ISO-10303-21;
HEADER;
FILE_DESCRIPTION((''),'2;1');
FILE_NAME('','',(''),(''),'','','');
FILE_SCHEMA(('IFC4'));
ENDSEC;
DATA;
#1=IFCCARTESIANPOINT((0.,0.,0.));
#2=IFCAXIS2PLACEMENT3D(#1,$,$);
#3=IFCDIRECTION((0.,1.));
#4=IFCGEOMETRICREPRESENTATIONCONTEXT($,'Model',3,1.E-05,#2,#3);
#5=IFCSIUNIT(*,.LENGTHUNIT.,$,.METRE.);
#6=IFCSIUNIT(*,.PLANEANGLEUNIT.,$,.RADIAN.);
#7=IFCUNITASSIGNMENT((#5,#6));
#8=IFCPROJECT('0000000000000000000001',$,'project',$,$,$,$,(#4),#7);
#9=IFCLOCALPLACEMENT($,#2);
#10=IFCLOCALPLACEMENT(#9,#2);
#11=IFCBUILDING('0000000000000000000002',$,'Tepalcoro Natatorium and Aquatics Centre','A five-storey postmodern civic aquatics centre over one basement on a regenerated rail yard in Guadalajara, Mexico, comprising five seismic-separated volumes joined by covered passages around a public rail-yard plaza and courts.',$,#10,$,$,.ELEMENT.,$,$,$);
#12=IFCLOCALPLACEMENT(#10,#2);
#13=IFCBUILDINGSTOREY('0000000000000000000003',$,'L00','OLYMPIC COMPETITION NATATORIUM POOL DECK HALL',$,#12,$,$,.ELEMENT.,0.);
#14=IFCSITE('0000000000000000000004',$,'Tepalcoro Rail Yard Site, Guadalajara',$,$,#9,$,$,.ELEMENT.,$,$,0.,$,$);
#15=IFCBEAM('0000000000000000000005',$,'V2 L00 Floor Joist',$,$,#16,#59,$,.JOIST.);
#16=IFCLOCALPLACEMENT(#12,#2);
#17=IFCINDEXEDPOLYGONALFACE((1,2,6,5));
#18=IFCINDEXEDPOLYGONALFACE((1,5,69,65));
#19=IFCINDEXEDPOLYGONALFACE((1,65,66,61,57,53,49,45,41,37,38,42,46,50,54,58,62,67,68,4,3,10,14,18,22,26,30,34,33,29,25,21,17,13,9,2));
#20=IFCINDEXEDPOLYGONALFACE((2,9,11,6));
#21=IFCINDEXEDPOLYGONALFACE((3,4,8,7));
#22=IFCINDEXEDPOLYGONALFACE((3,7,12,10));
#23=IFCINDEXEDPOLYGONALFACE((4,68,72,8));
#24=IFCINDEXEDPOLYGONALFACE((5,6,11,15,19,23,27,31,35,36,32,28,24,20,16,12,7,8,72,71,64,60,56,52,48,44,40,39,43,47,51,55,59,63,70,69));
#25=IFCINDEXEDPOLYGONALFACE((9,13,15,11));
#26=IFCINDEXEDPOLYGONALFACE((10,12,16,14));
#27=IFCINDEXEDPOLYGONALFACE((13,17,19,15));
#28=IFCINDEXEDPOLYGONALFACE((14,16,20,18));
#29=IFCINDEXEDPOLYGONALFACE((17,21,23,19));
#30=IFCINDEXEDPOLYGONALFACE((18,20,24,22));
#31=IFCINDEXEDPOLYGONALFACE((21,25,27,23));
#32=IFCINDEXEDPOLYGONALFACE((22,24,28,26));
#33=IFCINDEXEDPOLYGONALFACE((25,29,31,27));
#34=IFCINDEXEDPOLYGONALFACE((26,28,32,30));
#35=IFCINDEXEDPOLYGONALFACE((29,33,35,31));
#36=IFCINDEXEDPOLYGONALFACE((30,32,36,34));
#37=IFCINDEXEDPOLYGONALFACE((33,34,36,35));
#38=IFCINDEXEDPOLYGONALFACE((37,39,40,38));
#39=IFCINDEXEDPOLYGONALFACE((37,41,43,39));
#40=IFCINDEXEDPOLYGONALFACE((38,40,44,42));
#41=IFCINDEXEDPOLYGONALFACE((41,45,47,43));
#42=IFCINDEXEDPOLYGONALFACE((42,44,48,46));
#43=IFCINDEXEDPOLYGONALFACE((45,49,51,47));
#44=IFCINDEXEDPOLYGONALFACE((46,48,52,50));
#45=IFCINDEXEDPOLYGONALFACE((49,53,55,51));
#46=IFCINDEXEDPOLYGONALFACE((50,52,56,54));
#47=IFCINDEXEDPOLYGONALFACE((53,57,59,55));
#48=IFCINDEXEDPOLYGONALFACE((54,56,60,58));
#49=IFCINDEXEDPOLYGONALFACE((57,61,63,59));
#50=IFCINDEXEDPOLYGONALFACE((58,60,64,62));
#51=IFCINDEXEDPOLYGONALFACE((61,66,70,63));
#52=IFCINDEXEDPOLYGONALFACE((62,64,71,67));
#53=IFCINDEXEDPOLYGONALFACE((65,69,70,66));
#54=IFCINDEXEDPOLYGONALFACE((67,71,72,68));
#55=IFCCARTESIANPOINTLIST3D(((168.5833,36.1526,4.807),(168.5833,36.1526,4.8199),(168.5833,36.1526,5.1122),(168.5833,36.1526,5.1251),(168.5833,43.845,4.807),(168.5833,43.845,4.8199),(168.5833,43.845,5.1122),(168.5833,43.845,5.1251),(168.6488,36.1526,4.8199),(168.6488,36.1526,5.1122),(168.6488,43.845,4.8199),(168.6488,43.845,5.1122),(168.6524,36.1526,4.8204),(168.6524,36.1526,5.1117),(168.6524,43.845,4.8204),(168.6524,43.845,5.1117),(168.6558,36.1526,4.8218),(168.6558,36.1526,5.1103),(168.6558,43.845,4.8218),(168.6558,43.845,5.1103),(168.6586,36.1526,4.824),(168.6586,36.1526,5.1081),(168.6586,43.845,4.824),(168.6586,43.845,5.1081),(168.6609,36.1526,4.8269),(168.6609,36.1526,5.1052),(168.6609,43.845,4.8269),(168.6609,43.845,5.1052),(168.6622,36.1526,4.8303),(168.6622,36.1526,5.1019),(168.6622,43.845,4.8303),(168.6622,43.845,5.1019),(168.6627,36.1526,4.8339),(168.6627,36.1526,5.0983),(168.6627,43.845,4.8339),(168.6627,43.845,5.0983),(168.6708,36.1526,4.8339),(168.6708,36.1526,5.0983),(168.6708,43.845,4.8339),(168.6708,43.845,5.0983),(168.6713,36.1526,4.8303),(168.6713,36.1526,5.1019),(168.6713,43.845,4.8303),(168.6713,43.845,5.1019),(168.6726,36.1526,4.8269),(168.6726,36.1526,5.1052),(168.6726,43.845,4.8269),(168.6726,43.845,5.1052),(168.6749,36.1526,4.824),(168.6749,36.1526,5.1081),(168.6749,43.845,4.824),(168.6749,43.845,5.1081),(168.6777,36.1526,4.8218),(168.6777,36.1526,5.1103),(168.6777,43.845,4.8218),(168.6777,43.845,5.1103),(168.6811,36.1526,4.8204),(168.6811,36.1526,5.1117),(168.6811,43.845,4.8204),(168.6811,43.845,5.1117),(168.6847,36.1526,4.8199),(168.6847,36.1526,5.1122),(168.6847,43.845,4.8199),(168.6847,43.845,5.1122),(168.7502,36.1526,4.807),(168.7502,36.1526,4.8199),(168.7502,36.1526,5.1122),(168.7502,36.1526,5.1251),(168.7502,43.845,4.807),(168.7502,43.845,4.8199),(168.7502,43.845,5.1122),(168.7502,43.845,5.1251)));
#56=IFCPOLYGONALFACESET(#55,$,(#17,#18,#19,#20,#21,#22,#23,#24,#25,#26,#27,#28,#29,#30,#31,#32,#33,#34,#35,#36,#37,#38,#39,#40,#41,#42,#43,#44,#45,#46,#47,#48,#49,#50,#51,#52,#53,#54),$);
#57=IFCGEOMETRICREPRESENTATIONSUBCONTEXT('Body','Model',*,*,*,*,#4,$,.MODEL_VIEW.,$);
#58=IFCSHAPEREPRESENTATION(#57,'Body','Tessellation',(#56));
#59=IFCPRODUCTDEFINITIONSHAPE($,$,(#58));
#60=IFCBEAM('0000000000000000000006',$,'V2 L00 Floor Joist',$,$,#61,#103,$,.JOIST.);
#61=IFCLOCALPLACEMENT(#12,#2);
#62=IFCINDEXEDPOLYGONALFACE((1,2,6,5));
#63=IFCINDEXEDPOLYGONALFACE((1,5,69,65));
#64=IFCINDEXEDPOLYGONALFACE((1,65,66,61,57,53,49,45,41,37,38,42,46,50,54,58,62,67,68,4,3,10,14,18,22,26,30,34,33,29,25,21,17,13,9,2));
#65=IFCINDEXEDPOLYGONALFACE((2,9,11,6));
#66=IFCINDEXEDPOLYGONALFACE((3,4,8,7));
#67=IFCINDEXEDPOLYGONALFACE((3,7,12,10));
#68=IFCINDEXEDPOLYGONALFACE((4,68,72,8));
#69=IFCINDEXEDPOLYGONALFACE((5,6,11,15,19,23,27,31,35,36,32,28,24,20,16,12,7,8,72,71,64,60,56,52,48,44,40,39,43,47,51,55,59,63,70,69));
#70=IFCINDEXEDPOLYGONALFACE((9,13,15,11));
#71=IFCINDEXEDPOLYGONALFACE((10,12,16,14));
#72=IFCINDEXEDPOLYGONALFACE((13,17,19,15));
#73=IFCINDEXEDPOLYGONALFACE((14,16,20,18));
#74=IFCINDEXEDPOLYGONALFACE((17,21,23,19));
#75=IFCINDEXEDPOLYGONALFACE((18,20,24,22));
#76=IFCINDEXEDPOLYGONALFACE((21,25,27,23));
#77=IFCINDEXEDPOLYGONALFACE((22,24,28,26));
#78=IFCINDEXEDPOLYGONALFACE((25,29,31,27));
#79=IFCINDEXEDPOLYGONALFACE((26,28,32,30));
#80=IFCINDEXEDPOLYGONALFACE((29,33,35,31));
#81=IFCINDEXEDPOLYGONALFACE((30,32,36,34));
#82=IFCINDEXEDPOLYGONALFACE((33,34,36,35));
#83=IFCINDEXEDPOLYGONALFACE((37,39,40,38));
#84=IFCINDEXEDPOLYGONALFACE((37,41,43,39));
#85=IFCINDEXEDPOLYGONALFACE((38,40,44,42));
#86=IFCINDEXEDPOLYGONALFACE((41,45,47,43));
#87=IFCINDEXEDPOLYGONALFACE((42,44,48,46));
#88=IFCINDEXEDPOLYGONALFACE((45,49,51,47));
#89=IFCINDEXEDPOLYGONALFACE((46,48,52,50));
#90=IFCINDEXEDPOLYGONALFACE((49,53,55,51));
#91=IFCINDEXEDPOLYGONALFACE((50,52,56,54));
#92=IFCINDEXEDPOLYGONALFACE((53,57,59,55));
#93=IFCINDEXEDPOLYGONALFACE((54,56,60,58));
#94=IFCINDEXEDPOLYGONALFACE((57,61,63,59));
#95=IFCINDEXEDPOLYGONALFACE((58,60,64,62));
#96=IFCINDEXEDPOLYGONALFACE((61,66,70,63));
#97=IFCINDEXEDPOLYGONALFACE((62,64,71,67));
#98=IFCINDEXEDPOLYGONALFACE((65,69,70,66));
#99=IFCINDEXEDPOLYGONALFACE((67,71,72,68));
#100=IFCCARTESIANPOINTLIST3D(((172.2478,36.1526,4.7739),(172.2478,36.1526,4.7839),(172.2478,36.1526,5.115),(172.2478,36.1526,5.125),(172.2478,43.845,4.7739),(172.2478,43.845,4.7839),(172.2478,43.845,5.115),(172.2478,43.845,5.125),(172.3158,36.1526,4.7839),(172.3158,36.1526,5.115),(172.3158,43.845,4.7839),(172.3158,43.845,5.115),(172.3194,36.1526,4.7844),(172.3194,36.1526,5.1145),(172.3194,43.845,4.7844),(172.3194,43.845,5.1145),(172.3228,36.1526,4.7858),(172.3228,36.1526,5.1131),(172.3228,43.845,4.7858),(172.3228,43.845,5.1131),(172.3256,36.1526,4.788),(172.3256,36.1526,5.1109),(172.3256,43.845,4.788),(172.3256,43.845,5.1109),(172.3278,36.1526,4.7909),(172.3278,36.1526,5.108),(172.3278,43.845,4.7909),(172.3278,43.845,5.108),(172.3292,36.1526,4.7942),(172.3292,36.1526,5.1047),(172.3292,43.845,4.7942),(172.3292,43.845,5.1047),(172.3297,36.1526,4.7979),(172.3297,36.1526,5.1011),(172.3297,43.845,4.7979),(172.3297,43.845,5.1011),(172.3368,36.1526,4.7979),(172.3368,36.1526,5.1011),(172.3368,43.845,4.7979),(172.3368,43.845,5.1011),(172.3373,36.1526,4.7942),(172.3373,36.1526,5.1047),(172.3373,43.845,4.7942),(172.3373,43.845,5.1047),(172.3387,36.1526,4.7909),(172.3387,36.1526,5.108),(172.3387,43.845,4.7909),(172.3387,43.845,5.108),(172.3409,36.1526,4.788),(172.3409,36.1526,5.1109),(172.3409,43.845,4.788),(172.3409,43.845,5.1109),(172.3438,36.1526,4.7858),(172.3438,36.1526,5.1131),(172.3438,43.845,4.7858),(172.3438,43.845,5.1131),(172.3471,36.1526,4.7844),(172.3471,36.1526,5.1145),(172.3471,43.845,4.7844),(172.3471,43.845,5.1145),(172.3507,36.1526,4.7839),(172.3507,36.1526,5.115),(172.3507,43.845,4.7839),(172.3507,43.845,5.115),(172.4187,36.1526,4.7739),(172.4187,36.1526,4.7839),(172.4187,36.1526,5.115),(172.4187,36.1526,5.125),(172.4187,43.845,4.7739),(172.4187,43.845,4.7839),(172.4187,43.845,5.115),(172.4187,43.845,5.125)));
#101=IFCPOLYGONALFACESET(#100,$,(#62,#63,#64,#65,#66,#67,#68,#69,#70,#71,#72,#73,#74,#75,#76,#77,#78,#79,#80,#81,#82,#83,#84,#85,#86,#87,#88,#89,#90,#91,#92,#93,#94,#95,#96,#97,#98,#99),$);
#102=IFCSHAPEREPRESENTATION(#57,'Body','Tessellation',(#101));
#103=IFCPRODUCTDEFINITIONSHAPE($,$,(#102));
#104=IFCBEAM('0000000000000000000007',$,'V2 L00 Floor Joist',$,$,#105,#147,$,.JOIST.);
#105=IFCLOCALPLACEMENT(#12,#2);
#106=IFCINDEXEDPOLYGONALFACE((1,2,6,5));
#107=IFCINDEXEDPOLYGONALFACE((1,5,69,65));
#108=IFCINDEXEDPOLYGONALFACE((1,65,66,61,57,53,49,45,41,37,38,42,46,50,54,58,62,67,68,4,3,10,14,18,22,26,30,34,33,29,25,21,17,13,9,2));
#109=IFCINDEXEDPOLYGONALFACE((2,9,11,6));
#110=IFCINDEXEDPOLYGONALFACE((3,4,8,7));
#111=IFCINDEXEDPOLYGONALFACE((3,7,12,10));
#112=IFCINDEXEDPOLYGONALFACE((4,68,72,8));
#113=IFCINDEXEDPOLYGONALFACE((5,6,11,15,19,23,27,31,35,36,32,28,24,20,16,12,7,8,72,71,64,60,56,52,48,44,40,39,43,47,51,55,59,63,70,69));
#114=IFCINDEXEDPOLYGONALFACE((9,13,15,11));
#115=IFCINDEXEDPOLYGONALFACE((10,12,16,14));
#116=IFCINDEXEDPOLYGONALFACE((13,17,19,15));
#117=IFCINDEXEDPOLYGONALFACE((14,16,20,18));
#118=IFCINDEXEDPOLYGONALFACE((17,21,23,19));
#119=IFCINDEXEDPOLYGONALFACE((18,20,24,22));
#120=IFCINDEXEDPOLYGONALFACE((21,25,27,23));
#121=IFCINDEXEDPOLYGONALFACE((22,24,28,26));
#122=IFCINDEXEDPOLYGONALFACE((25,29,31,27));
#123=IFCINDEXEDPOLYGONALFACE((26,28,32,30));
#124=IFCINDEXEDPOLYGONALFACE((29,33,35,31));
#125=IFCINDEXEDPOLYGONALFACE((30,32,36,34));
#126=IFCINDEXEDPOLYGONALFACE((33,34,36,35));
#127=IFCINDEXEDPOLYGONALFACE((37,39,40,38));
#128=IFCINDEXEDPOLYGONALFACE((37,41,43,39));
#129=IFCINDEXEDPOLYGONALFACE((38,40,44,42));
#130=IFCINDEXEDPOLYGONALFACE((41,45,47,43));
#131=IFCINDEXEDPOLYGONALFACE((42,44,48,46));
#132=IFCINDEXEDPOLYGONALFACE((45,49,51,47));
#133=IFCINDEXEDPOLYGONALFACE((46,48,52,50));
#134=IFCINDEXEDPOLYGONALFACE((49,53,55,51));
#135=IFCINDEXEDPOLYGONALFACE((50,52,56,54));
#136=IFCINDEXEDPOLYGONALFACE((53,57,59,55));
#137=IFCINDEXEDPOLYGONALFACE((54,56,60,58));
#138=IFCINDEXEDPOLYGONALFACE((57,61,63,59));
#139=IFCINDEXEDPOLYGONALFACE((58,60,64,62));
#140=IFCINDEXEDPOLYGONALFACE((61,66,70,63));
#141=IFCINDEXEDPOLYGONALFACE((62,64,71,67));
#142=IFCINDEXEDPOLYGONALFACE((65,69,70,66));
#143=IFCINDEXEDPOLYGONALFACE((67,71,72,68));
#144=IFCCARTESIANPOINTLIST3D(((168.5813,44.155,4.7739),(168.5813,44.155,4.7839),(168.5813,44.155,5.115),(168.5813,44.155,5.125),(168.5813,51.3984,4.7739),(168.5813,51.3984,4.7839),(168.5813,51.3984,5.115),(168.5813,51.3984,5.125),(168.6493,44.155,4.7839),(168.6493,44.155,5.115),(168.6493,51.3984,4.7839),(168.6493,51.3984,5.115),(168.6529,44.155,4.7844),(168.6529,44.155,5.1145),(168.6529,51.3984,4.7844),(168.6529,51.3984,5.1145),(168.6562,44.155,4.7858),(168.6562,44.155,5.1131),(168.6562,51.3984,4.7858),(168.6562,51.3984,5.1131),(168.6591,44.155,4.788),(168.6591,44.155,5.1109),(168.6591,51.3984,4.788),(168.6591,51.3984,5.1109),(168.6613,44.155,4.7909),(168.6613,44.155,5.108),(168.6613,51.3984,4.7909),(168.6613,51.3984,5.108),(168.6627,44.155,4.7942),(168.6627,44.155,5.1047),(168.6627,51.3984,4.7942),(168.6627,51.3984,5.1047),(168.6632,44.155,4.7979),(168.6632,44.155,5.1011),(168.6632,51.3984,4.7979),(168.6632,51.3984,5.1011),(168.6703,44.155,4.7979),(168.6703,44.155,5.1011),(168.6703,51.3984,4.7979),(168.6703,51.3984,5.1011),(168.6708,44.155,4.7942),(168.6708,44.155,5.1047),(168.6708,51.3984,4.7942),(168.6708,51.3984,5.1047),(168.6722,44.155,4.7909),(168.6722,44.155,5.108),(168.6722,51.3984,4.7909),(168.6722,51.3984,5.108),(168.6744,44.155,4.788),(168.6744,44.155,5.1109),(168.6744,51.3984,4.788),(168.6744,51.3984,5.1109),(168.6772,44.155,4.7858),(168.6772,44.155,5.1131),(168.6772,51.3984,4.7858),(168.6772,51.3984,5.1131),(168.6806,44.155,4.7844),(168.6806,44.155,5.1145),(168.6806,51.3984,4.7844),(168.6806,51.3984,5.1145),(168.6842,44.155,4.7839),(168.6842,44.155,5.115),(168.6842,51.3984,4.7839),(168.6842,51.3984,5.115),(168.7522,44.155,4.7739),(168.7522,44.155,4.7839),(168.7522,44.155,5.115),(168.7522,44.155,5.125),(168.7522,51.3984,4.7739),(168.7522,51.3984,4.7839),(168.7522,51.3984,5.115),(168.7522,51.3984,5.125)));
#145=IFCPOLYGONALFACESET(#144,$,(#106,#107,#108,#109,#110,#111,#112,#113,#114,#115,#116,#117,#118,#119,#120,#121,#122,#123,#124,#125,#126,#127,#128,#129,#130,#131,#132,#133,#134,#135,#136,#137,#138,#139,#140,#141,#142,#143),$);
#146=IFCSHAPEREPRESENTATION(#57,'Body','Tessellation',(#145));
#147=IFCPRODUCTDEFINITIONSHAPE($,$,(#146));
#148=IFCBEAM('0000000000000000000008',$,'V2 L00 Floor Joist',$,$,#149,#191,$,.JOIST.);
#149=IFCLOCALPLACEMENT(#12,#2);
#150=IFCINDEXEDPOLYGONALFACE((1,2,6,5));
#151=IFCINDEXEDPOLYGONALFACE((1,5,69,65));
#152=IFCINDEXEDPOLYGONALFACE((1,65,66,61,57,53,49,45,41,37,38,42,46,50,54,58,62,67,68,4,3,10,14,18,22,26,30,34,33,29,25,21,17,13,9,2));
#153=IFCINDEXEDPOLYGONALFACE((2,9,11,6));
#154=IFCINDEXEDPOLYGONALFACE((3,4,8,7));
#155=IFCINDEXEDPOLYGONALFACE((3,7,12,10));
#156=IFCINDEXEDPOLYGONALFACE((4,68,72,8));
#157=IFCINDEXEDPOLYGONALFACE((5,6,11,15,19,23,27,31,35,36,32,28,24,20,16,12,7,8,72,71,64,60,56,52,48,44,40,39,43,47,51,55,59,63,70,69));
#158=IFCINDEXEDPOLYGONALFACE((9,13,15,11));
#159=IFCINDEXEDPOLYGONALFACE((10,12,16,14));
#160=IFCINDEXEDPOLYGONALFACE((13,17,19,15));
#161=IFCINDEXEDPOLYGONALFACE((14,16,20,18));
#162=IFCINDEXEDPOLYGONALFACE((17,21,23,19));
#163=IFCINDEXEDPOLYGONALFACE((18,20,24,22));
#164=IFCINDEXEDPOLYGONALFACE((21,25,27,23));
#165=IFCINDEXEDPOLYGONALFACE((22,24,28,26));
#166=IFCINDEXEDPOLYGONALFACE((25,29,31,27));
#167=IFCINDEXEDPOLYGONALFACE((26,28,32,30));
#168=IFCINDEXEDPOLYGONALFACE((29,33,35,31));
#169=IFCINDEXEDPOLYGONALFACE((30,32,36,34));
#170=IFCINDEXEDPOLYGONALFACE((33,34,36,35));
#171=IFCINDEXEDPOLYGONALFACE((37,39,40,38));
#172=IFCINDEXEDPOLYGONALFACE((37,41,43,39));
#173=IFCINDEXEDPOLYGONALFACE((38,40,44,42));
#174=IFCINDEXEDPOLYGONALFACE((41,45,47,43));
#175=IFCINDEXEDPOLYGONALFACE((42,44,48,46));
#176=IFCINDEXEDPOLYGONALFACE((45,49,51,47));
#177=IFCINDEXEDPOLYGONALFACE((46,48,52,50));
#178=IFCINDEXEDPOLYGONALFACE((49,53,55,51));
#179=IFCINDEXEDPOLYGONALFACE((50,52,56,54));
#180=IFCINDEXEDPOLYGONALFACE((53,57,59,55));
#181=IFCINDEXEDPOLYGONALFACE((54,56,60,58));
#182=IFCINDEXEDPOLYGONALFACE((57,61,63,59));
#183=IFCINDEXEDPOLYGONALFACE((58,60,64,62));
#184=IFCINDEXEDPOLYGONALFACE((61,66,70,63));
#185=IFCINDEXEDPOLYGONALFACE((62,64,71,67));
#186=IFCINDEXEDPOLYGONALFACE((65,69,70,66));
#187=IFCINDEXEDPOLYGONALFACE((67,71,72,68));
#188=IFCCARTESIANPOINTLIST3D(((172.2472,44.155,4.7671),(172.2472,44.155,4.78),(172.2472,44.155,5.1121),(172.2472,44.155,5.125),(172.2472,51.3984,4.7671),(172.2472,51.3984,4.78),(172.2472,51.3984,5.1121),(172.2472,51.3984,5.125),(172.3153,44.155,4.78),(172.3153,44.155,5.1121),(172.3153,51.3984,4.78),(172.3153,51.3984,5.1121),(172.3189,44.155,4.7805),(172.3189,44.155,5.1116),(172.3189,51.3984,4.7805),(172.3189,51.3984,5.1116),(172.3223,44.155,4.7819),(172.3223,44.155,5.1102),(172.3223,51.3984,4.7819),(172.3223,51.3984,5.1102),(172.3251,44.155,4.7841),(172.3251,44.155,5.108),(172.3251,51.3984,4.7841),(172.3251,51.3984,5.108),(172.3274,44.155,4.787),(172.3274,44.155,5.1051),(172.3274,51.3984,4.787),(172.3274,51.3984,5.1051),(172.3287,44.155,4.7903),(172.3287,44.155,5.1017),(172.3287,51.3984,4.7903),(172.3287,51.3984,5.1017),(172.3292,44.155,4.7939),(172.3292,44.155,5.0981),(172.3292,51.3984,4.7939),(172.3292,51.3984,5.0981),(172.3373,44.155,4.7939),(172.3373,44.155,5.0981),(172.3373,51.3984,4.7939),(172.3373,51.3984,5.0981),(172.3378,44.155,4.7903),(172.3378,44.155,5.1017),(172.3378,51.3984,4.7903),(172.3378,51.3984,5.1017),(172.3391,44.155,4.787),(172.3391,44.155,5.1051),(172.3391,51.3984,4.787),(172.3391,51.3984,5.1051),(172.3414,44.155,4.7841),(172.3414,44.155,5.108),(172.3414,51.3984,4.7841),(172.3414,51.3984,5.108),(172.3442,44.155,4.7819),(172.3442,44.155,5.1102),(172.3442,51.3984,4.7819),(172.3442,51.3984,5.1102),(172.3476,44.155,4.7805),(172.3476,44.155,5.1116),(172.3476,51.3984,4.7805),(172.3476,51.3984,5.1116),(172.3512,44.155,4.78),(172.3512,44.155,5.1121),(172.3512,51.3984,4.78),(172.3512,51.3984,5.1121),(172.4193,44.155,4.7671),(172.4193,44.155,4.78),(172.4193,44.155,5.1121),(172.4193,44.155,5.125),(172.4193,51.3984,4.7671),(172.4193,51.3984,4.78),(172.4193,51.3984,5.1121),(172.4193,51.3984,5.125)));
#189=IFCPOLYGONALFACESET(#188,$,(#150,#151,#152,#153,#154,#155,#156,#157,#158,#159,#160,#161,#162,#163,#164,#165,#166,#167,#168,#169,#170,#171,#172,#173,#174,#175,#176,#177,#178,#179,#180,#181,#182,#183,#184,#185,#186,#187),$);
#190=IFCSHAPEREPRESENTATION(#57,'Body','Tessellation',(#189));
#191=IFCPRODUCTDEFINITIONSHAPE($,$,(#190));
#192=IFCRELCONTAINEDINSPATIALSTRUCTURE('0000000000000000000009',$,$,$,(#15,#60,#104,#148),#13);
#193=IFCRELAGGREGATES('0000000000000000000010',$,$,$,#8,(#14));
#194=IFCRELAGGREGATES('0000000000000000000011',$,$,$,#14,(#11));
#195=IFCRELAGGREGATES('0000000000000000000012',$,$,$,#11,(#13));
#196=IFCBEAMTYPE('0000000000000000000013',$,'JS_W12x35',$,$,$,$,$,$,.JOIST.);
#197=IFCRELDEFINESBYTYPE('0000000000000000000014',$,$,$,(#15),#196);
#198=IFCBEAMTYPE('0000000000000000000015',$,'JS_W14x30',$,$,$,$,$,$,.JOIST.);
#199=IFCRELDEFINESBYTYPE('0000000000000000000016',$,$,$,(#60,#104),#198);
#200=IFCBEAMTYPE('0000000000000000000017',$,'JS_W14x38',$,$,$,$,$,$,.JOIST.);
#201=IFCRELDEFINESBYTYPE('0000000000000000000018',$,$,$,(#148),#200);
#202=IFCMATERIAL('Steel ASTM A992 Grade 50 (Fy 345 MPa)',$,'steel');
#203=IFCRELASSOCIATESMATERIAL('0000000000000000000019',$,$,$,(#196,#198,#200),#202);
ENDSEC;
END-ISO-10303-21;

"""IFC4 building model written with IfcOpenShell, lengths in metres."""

from ifc_helpers import new_model, si_unit, direction, frame, origin, origin_2d, place, context, subcontext, project, spatial, i_section, extrude, material, material_profile, profile_set, type_object, element, save


model = new_model("IFC4")

# Units and contexts
model_context = context("Model", 3, precision=1e-05, world=origin(), true_north=direction((0.0, 1.0)))
body_context = subcontext(model_context, "Body", "Model", "MODEL_VIEW")
ifc_project = project(units=[si_unit("LENGTHUNIT", "METRE"), si_unit("PLANEANGLEUNIT", "RADIAN")], contexts=[model_context])

# Site, building, storey
site_placement = place(None, origin())
site = spatial("IfcSite", under=ifc_project, at=site_placement, Name="Tepalcoro Rail Yard Site, Guadalajara", CompositionType="ELEMENT", RefElevation=0.0)
building_placement = place(site_placement, origin())
building = spatial("IfcBuilding", under=site, at=building_placement, Name="Tepalcoro Natatorium and Aquatics Centre", Description="A five-storey postmodern civic aquatics centre over one basement on a regenerated rail yard in Guadalajara, Mexico, comprising five seismic-separated volumes joined by covered passages around a public rail-yard plaza and courts.", CompositionType="ELEMENT")
storey_placement = place(building_placement, origin())
storey = spatial("IfcBuildingStorey", under=building, at=storey_placement, Name="L00", Description="OLYMPIC COMPETITION NATATORIUM POOL DECK HALL", CompositionType="ELEMENT", Elevation=0.0)

# Shared definitions
ifc_material_1 = material(Name="Steel ASTM A992 Grade 50 (Fy 345 MPa)", Category="steel")

# Beams
ifc_material_profile_1 = material_profile(ifc_material_1, i_section(OverallWidth=0.167, OverallDepth=0.3181, WebThickness=0.0081, FlangeThickness=0.0129, FilletRadius=0.0139, at=origin_2d()), Name="W12X35")
ifc_profile_set_1 = profile_set([ifc_material_profile_1], Name="Steel ASTM A992 Grade 50 (Fy 345 MPa)")
beam_type_1 = type_object("IfcBeamType", Name="JS_W12x35", PredefinedType="JOIST", material=ifc_profile_set_1)
beam_1_placement = place(storey_placement, frame((168.6667, 36.1526, 4.9661), z_axis=(0.0, 1.0, 0.0), x_axis=(-1.0, 0.0, 0.0)))
element("IfcBeam", 1, at=beam_1_placement, inside=storey, type_object=beam_type_1, Name="V2 L00 Floor Joist", PredefinedType="JOIST", context=body_context, shape_type="SweptSolid", body=[
    extrude(i_section(OverallWidth=0.167, OverallDepth=0.3181, WebThickness=0.0081, FlangeThickness=0.0129, FilletRadius=0.0139, at=origin_2d()), origin(), (0.0, 0.0, 1.0), 7.6924),
])
ifc_material_profile_2 = material_profile(ifc_material_1, i_section(OverallWidth=0.1709, OverallDepth=0.3511, WebThickness=0.0071, FlangeThickness=0.01, FilletRadius=0.0139, at=origin_2d()), Name="W14X30")
ifc_profile_set_2 = profile_set([ifc_material_profile_2], Name="Steel ASTM A992 Grade 50 (Fy 345 MPa)")
beam_type_2 = type_object("IfcBeamType", Name="JS_W14x30", PredefinedType="JOIST", material=ifc_profile_set_2)
beam_2_placement = place(storey_placement, frame((172.3333, 36.1526, 4.9495), z_axis=(0.0, 1.0, 0.0), x_axis=(-1.0, 0.0, 0.0)))
element("IfcBeam", 2, at=beam_2_placement, inside=storey, type_object=beam_type_2, Name="V2 L00 Floor Joist", PredefinedType="JOIST", context=body_context, shape_type="SweptSolid", body=[
    extrude(i_section(OverallWidth=0.1709, OverallDepth=0.3511, WebThickness=0.0071, FlangeThickness=0.01, FilletRadius=0.0139, at=origin_2d()), origin(), (0.0, 0.0, 1.0), 7.6924),
])
beam_3_placement = place(storey_placement, frame((168.6667, 44.155, 4.9495), z_axis=(0.0, 1.0, 0.0), x_axis=(-1.0, 0.0, 0.0)))
element("IfcBeam", 3, at=beam_3_placement, inside=storey, type_object=beam_type_2, Name="V2 L00 Floor Joist", PredefinedType="JOIST", context=body_context, shape_type="SweptSolid", body=[
    extrude(i_section(OverallWidth=0.1709, OverallDepth=0.3511, WebThickness=0.0071, FlangeThickness=0.01, FilletRadius=0.0139, at=origin_2d()), origin(), (0.0, 0.0, 1.0), 7.2434),
])
ifc_material_profile_3 = material_profile(ifc_material_1, i_section(OverallWidth=0.1721, OverallDepth=0.3579, WebThickness=0.0081, FlangeThickness=0.0129, FilletRadius=0.0139, at=origin_2d()), Name="W14X38")
ifc_profile_set_3 = profile_set([ifc_material_profile_3], Name="Steel ASTM A992 Grade 50 (Fy 345 MPa)")
beam_type_3 = type_object("IfcBeamType", Name="JS_W14x38", PredefinedType="JOIST", material=ifc_profile_set_3)
beam_4_placement = place(storey_placement, frame((172.3333, 44.155, 4.946), z_axis=(0.0, 1.0, 0.0), x_axis=(-1.0, 0.0, 0.0)))
element("IfcBeam", 4, at=beam_4_placement, inside=storey, type_object=beam_type_3, Name="V2 L00 Floor Joist", PredefinedType="JOIST", context=body_context, shape_type="SweptSolid", body=[
    extrude(i_section(OverallWidth=0.1721, OverallDepth=0.3579, WebThickness=0.0081, FlangeThickness=0.0129, FilletRadius=0.0139, at=origin_2d()), origin(), (0.0, 0.0, 1.0), 7.2434),
])

save(model, "model.ifc")
